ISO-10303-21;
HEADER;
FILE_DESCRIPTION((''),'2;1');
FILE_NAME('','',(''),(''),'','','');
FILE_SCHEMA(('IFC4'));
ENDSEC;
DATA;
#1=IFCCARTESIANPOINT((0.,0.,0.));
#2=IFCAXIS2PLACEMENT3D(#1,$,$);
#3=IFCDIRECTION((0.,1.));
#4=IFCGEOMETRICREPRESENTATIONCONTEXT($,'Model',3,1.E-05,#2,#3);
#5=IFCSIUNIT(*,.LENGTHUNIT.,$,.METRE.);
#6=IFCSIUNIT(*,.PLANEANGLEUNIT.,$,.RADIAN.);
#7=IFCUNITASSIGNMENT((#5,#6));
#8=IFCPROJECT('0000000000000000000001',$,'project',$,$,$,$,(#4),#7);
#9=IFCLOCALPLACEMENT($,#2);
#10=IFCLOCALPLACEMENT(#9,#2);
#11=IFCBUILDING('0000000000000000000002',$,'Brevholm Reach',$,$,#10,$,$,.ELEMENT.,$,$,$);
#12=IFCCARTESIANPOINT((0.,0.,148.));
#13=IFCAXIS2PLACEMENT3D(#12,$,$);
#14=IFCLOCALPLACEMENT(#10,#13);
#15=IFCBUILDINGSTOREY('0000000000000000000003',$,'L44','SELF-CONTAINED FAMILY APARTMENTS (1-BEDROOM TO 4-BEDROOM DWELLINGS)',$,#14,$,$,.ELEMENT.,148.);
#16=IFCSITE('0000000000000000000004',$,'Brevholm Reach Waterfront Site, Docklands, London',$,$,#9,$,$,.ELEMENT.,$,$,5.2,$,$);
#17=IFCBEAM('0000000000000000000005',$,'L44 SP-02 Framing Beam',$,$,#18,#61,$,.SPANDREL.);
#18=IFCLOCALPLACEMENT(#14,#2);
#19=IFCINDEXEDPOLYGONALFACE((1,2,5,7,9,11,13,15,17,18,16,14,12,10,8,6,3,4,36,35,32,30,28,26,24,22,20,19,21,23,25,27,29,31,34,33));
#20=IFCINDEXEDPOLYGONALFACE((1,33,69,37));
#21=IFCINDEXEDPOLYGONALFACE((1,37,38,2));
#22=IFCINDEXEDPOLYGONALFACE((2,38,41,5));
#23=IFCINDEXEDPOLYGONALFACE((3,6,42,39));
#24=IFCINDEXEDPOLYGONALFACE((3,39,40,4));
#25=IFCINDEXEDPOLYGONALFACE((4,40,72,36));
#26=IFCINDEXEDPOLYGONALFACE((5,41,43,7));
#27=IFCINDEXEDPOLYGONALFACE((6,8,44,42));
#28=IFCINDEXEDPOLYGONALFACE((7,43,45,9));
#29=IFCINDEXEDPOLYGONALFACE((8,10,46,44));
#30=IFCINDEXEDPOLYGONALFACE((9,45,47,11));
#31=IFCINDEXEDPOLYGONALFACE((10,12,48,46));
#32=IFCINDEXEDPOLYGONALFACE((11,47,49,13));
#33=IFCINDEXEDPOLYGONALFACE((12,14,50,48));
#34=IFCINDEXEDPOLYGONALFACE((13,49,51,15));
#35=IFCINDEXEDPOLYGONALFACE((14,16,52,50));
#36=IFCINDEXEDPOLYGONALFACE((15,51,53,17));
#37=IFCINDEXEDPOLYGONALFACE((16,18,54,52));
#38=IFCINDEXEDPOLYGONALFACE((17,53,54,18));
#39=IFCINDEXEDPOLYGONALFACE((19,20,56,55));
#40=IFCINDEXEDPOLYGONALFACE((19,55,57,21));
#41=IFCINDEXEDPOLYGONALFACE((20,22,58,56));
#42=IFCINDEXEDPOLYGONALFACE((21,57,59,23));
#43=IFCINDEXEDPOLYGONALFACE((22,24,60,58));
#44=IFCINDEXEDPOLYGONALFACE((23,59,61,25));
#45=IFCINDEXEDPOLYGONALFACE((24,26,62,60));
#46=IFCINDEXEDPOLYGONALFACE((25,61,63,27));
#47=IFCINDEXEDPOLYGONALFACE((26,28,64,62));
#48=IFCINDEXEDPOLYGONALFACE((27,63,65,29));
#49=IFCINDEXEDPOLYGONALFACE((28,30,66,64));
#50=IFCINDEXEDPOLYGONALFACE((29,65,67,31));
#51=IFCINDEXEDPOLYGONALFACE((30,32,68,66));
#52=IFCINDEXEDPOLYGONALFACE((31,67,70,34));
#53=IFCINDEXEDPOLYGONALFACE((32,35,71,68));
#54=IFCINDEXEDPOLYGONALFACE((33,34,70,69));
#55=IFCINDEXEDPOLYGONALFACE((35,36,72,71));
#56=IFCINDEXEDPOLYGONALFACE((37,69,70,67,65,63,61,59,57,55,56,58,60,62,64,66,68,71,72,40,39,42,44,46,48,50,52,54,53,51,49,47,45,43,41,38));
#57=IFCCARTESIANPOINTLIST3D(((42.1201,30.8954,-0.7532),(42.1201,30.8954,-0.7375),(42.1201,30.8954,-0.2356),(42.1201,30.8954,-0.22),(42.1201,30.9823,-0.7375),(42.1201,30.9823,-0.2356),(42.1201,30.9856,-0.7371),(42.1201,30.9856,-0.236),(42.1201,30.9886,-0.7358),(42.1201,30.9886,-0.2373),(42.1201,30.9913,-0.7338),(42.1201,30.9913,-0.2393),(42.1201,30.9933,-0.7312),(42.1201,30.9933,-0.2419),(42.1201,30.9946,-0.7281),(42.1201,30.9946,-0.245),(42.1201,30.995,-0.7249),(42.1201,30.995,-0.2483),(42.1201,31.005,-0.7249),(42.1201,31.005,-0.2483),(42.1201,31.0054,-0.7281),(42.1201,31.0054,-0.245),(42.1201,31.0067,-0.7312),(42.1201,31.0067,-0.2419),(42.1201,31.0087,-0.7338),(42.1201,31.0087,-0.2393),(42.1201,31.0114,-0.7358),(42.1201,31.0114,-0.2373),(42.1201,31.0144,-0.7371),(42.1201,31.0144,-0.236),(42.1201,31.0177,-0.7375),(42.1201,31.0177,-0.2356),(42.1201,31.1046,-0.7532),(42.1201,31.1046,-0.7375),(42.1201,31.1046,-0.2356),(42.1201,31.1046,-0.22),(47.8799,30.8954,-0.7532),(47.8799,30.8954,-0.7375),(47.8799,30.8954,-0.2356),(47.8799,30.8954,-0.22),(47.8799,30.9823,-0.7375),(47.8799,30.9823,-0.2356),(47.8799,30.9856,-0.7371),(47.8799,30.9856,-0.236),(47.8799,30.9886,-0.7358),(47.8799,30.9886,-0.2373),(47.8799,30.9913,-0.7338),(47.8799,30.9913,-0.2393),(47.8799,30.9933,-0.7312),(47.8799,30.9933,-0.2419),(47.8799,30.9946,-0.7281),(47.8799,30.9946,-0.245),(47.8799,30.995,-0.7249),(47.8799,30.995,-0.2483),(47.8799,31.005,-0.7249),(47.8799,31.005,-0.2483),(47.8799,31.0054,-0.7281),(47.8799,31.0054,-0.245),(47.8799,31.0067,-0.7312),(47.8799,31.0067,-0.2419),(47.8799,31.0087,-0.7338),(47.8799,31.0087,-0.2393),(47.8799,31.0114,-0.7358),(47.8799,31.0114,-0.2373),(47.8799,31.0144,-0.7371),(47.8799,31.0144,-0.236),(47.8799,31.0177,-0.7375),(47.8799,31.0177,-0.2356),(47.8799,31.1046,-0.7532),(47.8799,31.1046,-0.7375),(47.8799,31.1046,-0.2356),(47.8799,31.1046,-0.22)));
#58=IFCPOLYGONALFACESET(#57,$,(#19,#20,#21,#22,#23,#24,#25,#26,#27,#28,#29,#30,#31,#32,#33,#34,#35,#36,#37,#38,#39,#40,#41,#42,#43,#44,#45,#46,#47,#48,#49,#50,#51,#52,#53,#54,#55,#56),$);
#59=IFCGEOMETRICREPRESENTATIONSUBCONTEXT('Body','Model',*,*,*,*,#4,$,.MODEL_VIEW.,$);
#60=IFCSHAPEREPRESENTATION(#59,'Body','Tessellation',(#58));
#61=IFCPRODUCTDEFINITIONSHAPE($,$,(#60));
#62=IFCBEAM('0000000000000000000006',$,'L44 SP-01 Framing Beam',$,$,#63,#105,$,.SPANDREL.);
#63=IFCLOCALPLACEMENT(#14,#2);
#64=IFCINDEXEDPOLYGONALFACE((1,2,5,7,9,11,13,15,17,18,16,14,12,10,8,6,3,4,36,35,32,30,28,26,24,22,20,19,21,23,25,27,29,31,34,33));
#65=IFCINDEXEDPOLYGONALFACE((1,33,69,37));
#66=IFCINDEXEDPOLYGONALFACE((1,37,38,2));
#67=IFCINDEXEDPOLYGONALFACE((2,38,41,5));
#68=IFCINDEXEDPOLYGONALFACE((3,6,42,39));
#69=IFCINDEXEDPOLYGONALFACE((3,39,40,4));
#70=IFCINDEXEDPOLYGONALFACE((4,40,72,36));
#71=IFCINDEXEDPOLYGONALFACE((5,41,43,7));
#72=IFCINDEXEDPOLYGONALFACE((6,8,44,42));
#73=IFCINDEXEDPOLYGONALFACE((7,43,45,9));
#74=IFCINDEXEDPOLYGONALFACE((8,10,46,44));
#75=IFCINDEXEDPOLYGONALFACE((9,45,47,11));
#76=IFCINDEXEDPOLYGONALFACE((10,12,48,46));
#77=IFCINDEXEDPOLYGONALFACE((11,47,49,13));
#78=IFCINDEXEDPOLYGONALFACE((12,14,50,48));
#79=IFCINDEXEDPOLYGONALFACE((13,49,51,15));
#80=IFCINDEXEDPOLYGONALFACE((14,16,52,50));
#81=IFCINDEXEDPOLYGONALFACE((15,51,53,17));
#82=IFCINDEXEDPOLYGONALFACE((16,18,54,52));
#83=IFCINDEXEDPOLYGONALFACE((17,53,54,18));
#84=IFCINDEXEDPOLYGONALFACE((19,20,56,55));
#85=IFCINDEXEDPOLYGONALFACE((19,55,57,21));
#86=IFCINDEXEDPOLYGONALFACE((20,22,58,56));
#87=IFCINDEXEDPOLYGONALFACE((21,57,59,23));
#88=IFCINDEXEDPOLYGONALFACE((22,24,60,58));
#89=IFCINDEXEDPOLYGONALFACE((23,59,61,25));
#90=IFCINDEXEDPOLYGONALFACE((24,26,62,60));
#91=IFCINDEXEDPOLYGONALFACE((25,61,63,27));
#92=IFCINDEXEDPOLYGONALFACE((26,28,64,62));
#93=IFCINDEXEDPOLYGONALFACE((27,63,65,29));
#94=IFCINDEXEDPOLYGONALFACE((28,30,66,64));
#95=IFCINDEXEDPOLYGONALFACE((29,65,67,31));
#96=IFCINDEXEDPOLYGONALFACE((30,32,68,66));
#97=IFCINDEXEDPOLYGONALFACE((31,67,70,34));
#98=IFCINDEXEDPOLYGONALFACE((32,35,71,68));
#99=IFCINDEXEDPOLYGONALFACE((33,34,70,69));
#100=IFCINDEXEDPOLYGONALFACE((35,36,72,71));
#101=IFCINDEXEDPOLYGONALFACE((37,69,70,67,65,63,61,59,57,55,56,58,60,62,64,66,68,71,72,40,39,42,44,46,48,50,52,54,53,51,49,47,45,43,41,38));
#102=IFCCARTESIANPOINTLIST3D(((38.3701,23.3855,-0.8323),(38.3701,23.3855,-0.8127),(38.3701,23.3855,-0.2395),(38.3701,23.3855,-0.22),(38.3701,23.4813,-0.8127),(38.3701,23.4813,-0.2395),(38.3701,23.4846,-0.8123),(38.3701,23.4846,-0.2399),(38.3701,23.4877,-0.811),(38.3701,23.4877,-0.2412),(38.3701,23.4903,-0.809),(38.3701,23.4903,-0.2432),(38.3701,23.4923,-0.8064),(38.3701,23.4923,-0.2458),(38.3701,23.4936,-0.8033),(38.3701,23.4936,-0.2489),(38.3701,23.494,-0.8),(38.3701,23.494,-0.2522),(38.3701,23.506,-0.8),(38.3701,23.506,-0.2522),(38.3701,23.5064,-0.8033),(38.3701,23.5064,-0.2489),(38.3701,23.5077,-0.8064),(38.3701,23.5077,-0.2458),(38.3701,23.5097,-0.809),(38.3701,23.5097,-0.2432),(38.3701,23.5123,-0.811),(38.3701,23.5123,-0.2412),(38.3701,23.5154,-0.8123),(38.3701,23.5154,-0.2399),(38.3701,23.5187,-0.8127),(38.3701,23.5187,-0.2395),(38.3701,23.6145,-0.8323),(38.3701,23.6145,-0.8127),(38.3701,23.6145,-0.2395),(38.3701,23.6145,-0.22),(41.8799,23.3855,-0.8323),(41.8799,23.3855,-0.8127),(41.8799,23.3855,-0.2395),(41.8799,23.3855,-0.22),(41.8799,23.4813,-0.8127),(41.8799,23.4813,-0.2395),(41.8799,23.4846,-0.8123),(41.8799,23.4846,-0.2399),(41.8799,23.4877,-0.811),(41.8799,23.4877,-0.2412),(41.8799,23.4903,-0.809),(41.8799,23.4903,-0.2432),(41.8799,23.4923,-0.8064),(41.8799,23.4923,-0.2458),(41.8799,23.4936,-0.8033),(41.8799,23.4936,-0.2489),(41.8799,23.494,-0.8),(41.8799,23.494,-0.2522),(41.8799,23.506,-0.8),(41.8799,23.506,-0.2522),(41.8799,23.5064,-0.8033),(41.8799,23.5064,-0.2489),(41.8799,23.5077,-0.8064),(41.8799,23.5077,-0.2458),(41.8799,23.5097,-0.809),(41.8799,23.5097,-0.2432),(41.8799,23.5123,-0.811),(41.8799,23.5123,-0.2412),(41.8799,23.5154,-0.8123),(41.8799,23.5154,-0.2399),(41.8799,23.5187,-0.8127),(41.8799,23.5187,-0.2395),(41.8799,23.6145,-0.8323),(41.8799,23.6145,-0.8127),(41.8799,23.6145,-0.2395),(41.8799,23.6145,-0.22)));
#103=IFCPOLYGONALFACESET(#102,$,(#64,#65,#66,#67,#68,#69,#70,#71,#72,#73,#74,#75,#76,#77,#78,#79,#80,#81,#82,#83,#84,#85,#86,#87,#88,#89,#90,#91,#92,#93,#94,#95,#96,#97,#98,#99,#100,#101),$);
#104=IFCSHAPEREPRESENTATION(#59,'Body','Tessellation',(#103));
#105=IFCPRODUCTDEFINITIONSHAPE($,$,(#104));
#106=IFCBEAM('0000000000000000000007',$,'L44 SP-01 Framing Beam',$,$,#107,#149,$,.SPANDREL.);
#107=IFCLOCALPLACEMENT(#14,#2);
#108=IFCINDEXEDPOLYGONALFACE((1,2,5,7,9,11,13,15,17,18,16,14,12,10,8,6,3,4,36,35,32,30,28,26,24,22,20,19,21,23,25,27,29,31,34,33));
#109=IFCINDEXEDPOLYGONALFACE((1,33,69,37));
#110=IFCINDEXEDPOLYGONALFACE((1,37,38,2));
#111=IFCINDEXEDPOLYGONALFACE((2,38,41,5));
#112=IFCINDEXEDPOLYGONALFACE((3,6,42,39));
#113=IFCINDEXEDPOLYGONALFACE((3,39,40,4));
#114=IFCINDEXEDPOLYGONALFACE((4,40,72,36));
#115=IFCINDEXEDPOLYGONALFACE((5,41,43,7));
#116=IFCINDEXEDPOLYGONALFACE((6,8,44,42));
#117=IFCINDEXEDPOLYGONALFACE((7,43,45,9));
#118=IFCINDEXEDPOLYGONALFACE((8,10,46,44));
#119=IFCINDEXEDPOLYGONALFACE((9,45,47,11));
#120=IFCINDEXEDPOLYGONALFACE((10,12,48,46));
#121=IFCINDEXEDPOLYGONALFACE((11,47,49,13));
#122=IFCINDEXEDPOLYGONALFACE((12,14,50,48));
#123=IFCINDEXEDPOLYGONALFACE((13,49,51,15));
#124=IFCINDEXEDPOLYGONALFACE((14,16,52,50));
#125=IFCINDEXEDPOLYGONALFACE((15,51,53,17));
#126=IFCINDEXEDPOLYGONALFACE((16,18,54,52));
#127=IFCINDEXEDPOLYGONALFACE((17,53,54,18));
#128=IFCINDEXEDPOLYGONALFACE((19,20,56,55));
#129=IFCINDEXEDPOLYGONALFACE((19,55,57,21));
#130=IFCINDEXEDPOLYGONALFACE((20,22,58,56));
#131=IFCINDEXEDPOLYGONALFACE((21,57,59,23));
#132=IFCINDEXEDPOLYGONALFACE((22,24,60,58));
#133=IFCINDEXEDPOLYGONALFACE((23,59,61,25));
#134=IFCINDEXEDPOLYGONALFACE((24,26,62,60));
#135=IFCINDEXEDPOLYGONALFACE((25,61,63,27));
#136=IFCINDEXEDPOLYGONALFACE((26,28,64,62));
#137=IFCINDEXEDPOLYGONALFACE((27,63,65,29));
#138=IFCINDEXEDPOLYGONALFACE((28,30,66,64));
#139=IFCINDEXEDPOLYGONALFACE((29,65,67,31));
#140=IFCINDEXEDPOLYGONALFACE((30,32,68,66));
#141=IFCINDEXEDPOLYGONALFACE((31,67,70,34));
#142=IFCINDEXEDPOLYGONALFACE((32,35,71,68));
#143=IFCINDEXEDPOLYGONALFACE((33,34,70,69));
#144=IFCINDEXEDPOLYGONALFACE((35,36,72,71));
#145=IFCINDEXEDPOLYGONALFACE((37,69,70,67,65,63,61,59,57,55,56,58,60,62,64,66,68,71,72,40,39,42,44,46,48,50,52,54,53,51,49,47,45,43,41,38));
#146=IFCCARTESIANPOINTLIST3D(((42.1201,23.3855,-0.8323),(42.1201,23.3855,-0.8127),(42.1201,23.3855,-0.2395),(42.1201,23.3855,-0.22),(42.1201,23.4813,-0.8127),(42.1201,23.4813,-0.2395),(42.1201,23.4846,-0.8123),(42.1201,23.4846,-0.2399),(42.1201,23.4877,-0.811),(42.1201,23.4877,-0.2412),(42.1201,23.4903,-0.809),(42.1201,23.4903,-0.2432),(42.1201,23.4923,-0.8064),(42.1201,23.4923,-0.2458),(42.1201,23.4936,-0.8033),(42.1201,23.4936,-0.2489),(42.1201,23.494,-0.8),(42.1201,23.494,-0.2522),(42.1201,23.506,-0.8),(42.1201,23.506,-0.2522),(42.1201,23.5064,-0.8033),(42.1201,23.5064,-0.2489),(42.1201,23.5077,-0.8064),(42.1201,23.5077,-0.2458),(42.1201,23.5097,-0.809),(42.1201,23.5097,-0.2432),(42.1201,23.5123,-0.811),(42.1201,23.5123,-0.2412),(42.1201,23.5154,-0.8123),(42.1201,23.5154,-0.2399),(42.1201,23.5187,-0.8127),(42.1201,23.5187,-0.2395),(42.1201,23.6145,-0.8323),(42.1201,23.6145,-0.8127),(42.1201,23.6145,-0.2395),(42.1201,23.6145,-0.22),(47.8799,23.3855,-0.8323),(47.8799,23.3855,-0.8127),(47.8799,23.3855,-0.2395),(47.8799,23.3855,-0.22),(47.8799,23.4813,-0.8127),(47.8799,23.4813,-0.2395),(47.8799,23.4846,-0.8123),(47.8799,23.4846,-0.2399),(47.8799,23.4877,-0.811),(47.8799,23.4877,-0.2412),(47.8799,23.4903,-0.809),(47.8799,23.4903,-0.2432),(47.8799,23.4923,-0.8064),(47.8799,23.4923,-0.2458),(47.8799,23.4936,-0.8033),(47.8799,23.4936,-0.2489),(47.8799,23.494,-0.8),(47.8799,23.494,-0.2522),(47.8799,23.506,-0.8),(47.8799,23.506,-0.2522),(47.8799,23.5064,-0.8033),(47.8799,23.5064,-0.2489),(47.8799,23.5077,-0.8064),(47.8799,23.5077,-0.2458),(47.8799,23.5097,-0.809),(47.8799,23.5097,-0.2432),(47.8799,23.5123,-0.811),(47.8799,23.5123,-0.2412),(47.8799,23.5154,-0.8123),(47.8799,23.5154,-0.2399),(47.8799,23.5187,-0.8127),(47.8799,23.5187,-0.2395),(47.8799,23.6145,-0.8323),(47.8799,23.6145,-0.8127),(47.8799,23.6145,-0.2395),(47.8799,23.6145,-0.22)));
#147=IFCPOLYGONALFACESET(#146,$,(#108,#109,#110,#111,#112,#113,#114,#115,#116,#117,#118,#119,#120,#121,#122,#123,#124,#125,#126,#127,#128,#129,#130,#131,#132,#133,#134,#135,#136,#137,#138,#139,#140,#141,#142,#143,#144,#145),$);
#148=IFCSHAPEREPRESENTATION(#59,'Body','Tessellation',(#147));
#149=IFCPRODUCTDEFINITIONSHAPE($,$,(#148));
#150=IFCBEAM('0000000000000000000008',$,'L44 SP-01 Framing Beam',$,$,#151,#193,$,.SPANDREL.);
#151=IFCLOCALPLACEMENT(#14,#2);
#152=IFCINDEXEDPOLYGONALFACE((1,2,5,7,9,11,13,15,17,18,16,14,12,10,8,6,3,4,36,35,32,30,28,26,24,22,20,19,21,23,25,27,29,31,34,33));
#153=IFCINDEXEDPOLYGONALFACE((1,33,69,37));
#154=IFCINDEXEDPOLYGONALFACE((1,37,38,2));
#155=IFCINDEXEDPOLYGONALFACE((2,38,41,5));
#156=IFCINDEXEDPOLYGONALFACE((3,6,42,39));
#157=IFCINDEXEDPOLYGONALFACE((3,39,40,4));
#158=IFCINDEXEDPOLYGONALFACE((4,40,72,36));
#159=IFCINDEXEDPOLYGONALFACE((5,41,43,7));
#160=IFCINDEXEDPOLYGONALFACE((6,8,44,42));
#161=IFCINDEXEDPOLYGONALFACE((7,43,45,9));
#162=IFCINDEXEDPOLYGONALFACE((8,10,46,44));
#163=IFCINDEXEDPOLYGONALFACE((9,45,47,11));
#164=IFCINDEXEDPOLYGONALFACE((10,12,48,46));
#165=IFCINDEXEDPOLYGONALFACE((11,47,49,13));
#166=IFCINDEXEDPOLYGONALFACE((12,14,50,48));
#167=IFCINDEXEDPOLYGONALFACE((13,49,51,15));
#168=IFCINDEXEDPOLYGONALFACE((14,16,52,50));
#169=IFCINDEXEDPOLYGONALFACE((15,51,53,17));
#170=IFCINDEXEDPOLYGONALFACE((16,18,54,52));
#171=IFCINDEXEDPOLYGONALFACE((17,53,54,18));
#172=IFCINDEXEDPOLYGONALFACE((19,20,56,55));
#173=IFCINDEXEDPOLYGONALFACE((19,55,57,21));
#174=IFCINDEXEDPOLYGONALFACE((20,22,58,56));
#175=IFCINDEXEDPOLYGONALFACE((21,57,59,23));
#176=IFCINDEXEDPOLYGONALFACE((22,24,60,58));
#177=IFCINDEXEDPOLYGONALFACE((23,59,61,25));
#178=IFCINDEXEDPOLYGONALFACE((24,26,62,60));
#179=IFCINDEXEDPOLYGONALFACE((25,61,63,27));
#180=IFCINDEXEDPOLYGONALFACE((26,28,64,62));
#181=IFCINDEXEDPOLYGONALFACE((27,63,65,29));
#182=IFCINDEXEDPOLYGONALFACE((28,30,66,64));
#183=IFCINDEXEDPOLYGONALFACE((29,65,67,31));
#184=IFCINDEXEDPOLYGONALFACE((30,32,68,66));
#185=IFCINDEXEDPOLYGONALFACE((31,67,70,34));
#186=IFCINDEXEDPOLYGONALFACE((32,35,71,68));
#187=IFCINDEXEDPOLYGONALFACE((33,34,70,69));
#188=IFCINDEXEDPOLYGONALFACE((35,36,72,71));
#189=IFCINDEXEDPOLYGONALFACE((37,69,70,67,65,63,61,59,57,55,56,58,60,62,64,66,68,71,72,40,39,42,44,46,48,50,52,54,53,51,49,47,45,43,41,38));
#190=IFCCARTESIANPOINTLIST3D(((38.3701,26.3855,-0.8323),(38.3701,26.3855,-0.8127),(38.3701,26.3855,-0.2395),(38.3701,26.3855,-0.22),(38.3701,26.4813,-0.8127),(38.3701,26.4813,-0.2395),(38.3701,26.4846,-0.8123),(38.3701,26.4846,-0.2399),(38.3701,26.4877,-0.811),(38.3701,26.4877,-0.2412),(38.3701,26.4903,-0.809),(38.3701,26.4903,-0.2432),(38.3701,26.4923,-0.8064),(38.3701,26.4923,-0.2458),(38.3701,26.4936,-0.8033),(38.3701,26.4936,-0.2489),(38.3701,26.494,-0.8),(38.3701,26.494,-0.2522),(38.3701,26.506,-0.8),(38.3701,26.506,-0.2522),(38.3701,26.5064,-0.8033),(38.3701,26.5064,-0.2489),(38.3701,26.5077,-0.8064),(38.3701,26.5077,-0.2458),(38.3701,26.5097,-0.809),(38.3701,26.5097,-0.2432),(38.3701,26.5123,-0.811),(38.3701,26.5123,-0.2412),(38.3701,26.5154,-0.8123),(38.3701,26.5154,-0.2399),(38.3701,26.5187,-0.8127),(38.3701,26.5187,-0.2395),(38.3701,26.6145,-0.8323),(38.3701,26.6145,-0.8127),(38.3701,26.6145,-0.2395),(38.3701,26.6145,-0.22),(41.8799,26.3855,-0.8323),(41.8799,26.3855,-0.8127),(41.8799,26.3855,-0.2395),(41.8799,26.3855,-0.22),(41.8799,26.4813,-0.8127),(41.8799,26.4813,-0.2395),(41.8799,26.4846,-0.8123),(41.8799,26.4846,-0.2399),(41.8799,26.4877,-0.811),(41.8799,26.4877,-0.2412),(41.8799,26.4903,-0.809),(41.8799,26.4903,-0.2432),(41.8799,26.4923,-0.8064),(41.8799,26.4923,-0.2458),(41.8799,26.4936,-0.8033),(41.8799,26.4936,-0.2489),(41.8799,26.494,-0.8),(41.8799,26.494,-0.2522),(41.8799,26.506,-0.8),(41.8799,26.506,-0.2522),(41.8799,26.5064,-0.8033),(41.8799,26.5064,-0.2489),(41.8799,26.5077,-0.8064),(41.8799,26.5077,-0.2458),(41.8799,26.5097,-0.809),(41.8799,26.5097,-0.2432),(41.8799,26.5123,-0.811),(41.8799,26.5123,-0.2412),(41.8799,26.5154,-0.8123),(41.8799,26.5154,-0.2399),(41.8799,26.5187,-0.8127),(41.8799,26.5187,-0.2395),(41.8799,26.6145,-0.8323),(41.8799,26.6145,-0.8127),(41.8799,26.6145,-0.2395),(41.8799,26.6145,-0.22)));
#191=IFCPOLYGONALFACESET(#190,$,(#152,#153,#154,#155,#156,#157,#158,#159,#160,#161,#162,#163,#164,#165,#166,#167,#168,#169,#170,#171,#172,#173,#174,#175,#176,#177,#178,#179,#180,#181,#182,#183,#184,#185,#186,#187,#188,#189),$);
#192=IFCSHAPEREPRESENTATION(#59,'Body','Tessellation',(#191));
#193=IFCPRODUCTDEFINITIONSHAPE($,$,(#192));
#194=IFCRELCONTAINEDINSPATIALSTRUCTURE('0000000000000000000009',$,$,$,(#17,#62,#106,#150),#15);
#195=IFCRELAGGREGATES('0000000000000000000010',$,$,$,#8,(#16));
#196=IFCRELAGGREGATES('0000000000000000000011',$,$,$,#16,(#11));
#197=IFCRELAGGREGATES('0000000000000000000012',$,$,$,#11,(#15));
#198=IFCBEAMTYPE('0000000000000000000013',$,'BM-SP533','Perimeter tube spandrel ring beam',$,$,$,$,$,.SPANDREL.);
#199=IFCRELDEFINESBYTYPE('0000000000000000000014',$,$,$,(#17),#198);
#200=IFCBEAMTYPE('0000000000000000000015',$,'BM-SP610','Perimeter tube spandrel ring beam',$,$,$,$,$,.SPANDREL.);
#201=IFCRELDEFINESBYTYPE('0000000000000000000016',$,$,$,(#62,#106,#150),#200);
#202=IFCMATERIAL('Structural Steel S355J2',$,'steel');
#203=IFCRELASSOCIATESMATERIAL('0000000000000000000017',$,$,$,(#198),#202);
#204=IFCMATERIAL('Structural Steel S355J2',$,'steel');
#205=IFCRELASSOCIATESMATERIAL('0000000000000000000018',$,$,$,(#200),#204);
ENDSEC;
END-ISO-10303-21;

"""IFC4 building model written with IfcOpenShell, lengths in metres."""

from ifc_helpers import new_model, si_unit, direction, frame, origin, origin_2d, place, context, subcontext, project, spatial, i_section, extrude, material, material_profile, profile_set, type_object, element, save


model = new_model("IFC4")

# Units and contexts
model_context = context("Model", 3, precision=1e-05, world=origin(), true_north=direction((0.0, 1.0)))
body_context = subcontext(model_context, "Body", "Model", "MODEL_VIEW")
ifc_project = project(units=[si_unit("LENGTHUNIT", "METRE"), si_unit("PLANEANGLEUNIT", "RADIAN")], contexts=[model_context])

# Site, building, storey
site_placement = place(None, origin())
site = spatial("IfcSite", under=ifc_project, at=site_placement, Name="Brevholm Reach Waterfront Site, Docklands, London", CompositionType="ELEMENT", RefElevation=5.2)
building_placement = place(site_placement, origin())
building = spatial("IfcBuilding", under=site, at=building_placement, Name="Brevholm Reach", CompositionType="ELEMENT")
storey_placement = place(building_placement, frame((0.0, 0.0, 148.0)))
storey = spatial("IfcBuildingStorey", under=building, at=storey_placement, Name="L44", Description="SELF-CONTAINED FAMILY APARTMENTS (1-BEDROOM TO 4-BEDROOM DWELLINGS)", CompositionType="ELEMENT", Elevation=148.0)

# Beams
ifc_material_1 = material(Name="Structural Steel S355J2", Category="steel")
ifc_material_profile_1 = material_profile(ifc_material_1, i_section(OverallWidth=0.2092, OverallDepth=0.5332, WebThickness=0.01, FlangeThickness=0.0156, FilletRadius=0.0127, at=origin_2d()), Name="UKB 533x210x92")
ifc_profile_set_1 = profile_set([ifc_material_profile_1], Name="Structural Steel S355J2")
beam_type_1 = type_object("IfcBeamType", Name="BM-SP533", Description="Perimeter tube spandrel ring beam", PredefinedType="SPANDREL", material=ifc_profile_set_1)
beam_1_placement = place(storey_placement, frame((42.1201, 31.0, -0.4866), z_axis=(1.0, 0.0, 0.0), x_axis=(0.0, 1.0, 0.0)))
element("IfcBeam", 1, at=beam_1_placement, inside=storey, type_object=beam_type_1, Name="L44 SP-02 Framing Beam", PredefinedType="SPANDREL", context=body_context, shape_type="SweptSolid", body=[
    extrude(i_section(OverallWidth=0.2092, OverallDepth=0.5332, WebThickness=0.01, FlangeThickness=0.0156, FilletRadius=0.0127, at=origin_2d()), origin(), (0.0, 0.0, 1.0), 5.7598),
])
ifc_material_2 = material(Name="Structural Steel S355J2", Category="steel")
ifc_material_profile_2 = material_profile(ifc_material_2, i_section(OverallWidth=0.229, OverallDepth=0.6123, WebThickness=0.012, FlangeThickness=0.0195, FilletRadius=0.0127, at=origin_2d()), Name="UKB 610x229x125")
ifc_profile_set_2 = profile_set([ifc_material_profile_2], Name="Structural Steel S355J2")
beam_type_2 = type_object("IfcBeamType", Name="BM-SP610", Description="Perimeter tube spandrel ring beam", PredefinedType="SPANDREL", material=ifc_profile_set_2)
beam_2_placement = place(storey_placement, frame((38.3701, 23.5, -0.5261), z_axis=(1.0, 0.0, 0.0), x_axis=(0.0, 1.0, 0.0)))
element("IfcBeam", 2, at=beam_2_placement, inside=storey, type_object=beam_type_2, Name="L44 SP-01 Framing Beam", PredefinedType="SPANDREL", context=body_context, shape_type="SweptSolid", body=[
    extrude(i_section(OverallWidth=0.229, OverallDepth=0.6123, WebThickness=0.012, FlangeThickness=0.0195, FilletRadius=0.0127, at=origin_2d()), origin(), (0.0, 0.0, 1.0), 3.5098),
])
beam_3_placement = place(storey_placement, frame((42.1201, 23.5, -0.5261), z_axis=(1.0, 0.0, 0.0), x_axis=(0.0, 1.0, 0.0)))
element("IfcBeam", 3, at=beam_3_placement, inside=storey, type_object=beam_type_2, Name="L44 SP-01 Framing Beam", PredefinedType="SPANDREL", context=body_context, shape_type="SweptSolid", body=[
    extrude(i_section(OverallWidth=0.229, OverallDepth=0.6123, WebThickness=0.012, FlangeThickness=0.0195, FilletRadius=0.0127, at=origin_2d()), origin(), (0.0, 0.0, 1.0), 5.7598),
])
beam_4_placement = place(storey_placement, frame((38.3701, 26.5, -0.5261), z_axis=(1.0, 0.0, 0.0), x_axis=(0.0, 1.0, 0.0)))
element("IfcBeam", 4, at=beam_4_placement, inside=storey, type_object=beam_type_2, Name="L44 SP-01 Framing Beam", PredefinedType="SPANDREL", context=body_context, shape_type="SweptSolid", body=[
    extrude(i_section(OverallWidth=0.229, OverallDepth=0.6123, WebThickness=0.012, FlangeThickness=0.0195, FilletRadius=0.0127, at=origin_2d()), origin(), (0.0, 0.0, 1.0), 3.5098),
])

save(model, "model.ifc")
